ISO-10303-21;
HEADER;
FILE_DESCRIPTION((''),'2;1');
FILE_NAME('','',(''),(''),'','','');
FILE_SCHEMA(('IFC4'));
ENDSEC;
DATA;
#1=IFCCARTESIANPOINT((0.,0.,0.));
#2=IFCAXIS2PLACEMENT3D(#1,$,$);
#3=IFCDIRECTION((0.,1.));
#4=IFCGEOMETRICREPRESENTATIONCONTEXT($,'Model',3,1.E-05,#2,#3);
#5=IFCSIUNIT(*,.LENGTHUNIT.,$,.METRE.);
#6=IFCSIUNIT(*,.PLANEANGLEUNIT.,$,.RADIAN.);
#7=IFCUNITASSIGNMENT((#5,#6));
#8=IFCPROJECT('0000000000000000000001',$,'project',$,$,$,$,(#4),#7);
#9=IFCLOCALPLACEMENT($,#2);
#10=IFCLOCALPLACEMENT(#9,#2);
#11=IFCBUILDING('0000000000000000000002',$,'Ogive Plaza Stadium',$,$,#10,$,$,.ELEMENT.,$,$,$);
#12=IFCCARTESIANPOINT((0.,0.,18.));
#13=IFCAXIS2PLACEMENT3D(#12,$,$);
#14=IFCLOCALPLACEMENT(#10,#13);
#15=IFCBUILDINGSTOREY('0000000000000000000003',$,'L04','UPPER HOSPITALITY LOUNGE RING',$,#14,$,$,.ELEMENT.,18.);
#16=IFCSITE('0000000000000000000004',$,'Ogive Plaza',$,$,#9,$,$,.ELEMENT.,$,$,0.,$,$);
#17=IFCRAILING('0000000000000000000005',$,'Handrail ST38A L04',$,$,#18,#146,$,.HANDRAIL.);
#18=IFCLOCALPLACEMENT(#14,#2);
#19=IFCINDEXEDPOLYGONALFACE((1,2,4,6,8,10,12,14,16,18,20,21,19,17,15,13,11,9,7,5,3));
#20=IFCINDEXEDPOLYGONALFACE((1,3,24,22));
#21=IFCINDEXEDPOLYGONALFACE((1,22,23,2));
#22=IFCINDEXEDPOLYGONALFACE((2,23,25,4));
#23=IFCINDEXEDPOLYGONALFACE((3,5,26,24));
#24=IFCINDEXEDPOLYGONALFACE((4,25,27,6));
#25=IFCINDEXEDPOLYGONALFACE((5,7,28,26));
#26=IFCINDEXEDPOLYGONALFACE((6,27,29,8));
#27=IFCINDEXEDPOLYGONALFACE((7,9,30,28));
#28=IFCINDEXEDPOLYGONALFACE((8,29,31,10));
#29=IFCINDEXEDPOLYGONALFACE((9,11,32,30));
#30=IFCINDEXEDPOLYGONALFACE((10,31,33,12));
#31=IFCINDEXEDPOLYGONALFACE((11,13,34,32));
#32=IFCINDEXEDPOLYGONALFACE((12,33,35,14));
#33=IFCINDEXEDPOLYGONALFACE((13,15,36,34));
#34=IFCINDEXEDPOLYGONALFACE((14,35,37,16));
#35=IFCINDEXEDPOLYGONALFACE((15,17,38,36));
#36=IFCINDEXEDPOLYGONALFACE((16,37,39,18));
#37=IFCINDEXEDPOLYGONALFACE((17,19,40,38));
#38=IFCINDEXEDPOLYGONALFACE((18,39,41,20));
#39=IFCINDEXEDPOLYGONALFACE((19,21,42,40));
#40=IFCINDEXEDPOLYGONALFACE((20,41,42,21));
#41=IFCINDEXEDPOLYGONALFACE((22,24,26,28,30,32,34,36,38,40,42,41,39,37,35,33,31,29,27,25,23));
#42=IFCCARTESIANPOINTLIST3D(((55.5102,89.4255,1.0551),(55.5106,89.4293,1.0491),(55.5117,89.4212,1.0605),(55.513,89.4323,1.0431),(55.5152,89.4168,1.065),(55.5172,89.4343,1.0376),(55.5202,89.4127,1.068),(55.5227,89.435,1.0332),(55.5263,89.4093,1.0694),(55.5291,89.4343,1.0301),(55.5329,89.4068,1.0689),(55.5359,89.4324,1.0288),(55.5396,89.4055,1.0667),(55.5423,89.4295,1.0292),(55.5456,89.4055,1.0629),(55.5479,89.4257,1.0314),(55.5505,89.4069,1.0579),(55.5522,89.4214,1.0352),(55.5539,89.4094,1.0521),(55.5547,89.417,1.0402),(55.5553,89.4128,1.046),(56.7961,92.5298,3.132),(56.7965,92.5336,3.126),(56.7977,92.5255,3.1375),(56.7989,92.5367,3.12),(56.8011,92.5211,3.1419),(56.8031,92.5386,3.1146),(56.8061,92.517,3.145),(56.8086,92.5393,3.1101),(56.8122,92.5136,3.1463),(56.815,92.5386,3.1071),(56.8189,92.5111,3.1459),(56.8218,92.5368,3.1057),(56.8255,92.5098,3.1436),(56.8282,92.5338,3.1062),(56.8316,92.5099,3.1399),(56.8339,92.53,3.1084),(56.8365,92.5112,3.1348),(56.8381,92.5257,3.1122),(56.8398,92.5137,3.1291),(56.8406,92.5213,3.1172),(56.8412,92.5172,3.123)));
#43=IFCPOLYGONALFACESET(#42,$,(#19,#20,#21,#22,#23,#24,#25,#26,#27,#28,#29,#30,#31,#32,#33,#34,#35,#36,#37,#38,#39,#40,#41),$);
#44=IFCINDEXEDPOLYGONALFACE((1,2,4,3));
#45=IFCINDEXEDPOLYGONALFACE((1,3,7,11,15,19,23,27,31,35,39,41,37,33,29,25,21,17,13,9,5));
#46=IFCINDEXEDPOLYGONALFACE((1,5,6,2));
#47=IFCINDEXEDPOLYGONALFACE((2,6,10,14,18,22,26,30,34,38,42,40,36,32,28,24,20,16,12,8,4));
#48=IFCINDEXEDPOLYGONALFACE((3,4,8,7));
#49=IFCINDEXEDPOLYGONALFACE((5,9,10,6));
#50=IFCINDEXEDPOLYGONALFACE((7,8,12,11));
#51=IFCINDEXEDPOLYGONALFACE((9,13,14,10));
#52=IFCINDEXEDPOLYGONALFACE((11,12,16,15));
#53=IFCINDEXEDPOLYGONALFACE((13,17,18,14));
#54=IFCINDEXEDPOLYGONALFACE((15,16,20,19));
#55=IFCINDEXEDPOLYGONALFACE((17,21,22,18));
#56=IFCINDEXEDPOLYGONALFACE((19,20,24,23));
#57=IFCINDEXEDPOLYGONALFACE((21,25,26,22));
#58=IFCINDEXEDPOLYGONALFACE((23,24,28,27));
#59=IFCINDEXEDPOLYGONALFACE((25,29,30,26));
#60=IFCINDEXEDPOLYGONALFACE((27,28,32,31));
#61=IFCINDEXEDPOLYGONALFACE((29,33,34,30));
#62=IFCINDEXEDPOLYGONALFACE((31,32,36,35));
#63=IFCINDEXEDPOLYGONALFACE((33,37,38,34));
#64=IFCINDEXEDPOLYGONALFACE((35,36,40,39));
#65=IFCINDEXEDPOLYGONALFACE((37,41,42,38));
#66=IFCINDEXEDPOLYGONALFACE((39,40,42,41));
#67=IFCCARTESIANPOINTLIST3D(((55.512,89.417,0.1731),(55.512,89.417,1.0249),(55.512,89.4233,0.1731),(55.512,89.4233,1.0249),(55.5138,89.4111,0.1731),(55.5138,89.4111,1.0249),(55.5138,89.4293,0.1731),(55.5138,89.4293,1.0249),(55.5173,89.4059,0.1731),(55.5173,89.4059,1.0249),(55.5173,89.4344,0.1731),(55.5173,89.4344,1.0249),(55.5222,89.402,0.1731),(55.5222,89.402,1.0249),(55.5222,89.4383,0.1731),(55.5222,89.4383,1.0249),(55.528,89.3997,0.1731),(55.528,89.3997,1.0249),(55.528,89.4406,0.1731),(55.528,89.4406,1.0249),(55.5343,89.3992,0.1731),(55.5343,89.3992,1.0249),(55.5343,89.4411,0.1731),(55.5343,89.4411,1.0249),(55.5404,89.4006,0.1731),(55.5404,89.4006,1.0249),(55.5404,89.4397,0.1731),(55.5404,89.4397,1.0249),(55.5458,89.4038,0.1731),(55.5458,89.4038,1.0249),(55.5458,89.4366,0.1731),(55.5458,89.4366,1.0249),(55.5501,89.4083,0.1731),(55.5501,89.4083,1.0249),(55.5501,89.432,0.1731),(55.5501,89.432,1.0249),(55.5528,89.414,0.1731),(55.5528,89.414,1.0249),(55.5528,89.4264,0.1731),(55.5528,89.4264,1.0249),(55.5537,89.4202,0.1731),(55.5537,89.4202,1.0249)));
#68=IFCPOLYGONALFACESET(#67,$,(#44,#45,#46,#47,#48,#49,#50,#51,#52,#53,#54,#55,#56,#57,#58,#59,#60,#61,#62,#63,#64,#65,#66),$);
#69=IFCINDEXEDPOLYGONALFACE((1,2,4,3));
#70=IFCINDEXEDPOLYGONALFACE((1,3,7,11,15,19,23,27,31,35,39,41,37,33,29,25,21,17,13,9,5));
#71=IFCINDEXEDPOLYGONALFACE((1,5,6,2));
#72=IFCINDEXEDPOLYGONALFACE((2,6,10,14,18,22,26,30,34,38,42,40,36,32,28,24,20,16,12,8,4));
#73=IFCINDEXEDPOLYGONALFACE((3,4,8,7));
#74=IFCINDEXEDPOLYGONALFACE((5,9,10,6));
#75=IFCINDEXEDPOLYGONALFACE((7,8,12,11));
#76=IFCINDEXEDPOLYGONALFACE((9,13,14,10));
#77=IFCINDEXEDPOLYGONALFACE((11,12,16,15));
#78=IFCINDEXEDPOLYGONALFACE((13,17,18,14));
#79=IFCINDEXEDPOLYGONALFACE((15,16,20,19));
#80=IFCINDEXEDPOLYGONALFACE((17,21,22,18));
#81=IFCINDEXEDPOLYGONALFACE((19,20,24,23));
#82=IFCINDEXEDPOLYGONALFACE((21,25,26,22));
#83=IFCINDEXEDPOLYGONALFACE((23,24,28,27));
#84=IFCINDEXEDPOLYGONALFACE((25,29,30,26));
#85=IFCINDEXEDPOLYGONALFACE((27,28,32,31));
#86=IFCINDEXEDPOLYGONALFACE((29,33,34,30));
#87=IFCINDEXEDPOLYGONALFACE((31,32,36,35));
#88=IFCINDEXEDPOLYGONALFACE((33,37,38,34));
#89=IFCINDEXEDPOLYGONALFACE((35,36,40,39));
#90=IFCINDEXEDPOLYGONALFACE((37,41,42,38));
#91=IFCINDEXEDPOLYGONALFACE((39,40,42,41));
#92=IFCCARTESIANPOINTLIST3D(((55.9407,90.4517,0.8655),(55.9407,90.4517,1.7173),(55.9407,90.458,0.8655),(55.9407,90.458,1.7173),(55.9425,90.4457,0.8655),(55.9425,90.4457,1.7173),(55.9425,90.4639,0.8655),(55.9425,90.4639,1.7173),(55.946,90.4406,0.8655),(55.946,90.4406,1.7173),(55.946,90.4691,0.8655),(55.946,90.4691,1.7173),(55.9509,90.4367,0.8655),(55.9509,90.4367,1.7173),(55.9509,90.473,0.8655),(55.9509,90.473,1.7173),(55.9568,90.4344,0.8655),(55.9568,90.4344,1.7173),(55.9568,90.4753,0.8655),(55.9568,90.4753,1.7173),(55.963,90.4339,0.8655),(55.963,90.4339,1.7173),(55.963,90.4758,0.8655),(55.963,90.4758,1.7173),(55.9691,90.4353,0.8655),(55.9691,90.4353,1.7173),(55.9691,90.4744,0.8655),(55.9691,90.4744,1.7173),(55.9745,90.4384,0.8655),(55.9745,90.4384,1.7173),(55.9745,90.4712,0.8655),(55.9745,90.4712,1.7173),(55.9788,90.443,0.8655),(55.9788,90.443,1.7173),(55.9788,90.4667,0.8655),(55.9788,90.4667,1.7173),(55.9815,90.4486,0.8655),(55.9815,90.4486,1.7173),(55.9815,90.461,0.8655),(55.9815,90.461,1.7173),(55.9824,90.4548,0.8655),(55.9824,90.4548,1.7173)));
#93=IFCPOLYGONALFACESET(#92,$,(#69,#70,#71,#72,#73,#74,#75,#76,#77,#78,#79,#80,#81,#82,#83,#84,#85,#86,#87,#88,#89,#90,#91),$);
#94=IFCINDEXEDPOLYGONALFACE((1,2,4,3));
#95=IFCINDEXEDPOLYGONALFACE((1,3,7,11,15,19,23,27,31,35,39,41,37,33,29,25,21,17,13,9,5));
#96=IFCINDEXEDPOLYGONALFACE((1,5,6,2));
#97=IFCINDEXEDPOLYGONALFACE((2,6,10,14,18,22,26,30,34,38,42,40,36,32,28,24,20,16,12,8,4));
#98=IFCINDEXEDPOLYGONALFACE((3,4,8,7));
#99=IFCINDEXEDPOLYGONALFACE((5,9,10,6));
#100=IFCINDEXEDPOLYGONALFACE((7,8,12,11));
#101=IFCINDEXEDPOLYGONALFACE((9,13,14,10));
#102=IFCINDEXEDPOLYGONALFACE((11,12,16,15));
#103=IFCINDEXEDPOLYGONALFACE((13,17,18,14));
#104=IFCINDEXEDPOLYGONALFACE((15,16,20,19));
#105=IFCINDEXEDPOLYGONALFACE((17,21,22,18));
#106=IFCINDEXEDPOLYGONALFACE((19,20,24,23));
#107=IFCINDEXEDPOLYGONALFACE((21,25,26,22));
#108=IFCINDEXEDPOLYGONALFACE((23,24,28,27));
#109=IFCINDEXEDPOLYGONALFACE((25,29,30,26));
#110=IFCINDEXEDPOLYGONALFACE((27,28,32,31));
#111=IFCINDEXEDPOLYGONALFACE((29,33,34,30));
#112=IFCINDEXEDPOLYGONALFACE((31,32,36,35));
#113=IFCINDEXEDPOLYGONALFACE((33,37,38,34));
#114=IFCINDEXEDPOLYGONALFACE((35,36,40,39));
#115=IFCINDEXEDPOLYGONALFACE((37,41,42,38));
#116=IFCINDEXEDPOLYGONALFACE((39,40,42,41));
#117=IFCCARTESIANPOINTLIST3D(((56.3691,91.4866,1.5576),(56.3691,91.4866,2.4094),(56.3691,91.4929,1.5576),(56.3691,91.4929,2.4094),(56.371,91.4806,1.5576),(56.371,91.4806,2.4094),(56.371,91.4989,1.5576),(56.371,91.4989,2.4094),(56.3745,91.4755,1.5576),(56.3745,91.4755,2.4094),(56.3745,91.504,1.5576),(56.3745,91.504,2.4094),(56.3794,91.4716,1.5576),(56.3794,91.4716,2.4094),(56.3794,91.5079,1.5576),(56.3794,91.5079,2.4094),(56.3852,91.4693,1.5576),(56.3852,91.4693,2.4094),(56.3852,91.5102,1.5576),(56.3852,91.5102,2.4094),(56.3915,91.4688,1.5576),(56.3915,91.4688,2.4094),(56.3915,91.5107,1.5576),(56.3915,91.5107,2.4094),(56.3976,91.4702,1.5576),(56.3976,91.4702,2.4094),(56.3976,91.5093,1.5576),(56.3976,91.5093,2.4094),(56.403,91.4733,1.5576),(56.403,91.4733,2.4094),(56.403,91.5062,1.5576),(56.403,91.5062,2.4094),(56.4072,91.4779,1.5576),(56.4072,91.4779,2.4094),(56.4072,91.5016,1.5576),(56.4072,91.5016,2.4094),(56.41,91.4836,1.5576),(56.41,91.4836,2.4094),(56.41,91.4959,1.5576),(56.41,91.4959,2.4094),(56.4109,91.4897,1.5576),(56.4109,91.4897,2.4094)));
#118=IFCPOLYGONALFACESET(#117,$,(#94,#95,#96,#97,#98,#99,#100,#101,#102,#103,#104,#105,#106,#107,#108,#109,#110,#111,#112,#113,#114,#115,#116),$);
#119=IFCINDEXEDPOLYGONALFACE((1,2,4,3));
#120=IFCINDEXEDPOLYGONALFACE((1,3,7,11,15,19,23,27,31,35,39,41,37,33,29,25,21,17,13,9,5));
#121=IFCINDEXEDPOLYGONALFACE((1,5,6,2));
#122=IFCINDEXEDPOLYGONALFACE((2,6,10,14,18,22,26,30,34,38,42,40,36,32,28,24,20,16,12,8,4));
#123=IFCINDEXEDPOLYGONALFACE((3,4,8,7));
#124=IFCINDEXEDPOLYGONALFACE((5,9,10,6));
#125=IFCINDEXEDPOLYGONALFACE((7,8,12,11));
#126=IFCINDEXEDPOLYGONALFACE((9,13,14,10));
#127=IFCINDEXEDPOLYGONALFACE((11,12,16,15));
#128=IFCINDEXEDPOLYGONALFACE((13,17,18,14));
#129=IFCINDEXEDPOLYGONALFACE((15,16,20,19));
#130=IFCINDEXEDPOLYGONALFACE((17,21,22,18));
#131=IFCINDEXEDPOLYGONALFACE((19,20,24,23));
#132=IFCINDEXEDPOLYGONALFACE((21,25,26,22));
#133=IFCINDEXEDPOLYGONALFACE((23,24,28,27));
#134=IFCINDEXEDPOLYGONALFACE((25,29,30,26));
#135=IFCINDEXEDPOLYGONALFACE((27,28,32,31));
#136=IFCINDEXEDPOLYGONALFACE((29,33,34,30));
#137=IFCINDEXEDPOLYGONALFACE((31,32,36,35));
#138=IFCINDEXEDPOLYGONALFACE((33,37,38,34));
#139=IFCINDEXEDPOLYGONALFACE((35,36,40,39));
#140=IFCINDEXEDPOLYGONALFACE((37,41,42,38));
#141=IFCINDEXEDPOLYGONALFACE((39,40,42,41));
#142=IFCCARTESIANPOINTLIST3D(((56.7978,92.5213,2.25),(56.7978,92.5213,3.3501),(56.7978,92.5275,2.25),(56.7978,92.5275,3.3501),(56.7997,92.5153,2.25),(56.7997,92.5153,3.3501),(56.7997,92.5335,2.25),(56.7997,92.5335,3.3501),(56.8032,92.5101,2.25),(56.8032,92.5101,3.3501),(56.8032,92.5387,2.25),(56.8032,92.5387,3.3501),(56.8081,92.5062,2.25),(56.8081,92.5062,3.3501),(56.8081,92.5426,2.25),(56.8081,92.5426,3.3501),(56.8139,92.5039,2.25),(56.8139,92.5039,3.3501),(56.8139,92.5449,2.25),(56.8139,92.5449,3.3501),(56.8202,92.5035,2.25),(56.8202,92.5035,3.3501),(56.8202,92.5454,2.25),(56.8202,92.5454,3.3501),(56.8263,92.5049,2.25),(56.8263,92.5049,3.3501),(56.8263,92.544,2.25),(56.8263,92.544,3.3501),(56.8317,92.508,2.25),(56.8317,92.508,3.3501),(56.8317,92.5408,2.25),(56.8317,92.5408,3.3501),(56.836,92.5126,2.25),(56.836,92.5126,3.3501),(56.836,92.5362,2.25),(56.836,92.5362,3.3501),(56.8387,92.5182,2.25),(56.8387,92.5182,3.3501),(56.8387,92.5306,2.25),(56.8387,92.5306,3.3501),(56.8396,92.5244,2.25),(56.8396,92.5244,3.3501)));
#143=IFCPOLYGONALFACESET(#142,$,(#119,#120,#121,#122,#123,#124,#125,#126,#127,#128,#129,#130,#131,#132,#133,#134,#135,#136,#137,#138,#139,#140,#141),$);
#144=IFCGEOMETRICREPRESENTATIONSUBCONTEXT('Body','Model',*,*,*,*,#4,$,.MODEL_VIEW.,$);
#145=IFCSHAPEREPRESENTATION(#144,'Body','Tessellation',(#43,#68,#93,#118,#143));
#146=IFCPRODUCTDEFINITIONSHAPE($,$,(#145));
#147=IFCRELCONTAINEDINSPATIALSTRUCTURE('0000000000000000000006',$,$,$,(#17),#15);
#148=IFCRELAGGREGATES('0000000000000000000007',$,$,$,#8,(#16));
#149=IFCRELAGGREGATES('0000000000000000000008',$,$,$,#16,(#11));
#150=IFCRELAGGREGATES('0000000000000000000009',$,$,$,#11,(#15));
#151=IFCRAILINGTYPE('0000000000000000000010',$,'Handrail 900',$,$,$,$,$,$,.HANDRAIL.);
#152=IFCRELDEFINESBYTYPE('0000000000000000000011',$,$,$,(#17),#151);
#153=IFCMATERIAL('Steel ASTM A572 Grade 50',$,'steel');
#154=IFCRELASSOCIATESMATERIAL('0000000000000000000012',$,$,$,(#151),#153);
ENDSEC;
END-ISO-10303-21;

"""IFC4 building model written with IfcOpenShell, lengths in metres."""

from ifc_helpers import new_model, si_unit, direction, frame, origin, origin_2d, place, context, subcontext, project, spatial, circle, extrude, material, type_object, element, save


model = new_model("IFC4")

# Units and contexts
model_context = context("Model", 3, precision=1e-05, world=origin(), true_north=direction((0.0, 1.0)))
body_context = subcontext(model_context, "Body", "Model", "MODEL_VIEW")
ifc_project = project(units=[si_unit("LENGTHUNIT", "METRE"), si_unit("PLANEANGLEUNIT", "RADIAN")], contexts=[model_context])

# Site, building, storey
site_placement = place(None, origin())
site = spatial("IfcSite", under=ifc_project, at=site_placement, Name="Ogive Plaza", CompositionType="ELEMENT", RefElevation=0.0)
building_placement = place(site_placement, origin())
building = spatial("IfcBuilding", under=site, at=building_placement, Name="Ogive Plaza Stadium", CompositionType="ELEMENT")
storey_placement = place(building_placement, frame((0.0, 0.0, 18.0)))
storey = spatial("IfcBuildingStorey", under=building, at=storey_placement, Name="L04", Description="UPPER HOSPITALITY LOUNGE RING", CompositionType="ELEMENT", Elevation=18.0)

# Railing
ifc_material_1 = material(Name="Steel ASTM A572 Grade 50", Category="steel")
railing_type_1 = type_object("IfcRailingType", Name="Handrail 900", PredefinedType="HANDRAIL", material=ifc_material_1)
railing_1_placement = place(storey_placement, frame((55.5327, 89.4202, 0.1731)))
element("IfcRailing", 1, at=railing_1_placement, inside=storey, type_object=railing_type_1, Name="Handrail ST38A L04", PredefinedType="HANDRAIL", context=body_context, shape_type="SweptSolid", body=[
    extrude(circle(Radius=0.0239, at=origin_2d()), frame((0.0, 0.0, 0.876), z_axis=(0.325532, 0.785863, 0.525783), x_axis=(-0.923872, 0.3827, 0.0)), (0.0, 0.0, 1.0), 3.9502),
    extrude(circle(Radius=0.021, at=origin_2d()), origin(), (0.0, 0.0, 1.0), 0.8518),
    extrude(circle(Radius=0.021, at=origin_2d()), frame((0.4287, 1.0347, 0.6924)), (0.0, 0.0, 1.0), 0.8518),
    extrude(circle(Radius=0.021, at=origin_2d()), frame((0.8572, 2.0696, 1.3845)), (0.0, 0.0, 1.0), 0.8518),
    extrude(circle(Radius=0.021, at=origin_2d()), frame((1.2859, 3.1042, 2.0769)), (0.0, 0.0, 1.0), 1.1001),
])

save(model, "model.ifc")
